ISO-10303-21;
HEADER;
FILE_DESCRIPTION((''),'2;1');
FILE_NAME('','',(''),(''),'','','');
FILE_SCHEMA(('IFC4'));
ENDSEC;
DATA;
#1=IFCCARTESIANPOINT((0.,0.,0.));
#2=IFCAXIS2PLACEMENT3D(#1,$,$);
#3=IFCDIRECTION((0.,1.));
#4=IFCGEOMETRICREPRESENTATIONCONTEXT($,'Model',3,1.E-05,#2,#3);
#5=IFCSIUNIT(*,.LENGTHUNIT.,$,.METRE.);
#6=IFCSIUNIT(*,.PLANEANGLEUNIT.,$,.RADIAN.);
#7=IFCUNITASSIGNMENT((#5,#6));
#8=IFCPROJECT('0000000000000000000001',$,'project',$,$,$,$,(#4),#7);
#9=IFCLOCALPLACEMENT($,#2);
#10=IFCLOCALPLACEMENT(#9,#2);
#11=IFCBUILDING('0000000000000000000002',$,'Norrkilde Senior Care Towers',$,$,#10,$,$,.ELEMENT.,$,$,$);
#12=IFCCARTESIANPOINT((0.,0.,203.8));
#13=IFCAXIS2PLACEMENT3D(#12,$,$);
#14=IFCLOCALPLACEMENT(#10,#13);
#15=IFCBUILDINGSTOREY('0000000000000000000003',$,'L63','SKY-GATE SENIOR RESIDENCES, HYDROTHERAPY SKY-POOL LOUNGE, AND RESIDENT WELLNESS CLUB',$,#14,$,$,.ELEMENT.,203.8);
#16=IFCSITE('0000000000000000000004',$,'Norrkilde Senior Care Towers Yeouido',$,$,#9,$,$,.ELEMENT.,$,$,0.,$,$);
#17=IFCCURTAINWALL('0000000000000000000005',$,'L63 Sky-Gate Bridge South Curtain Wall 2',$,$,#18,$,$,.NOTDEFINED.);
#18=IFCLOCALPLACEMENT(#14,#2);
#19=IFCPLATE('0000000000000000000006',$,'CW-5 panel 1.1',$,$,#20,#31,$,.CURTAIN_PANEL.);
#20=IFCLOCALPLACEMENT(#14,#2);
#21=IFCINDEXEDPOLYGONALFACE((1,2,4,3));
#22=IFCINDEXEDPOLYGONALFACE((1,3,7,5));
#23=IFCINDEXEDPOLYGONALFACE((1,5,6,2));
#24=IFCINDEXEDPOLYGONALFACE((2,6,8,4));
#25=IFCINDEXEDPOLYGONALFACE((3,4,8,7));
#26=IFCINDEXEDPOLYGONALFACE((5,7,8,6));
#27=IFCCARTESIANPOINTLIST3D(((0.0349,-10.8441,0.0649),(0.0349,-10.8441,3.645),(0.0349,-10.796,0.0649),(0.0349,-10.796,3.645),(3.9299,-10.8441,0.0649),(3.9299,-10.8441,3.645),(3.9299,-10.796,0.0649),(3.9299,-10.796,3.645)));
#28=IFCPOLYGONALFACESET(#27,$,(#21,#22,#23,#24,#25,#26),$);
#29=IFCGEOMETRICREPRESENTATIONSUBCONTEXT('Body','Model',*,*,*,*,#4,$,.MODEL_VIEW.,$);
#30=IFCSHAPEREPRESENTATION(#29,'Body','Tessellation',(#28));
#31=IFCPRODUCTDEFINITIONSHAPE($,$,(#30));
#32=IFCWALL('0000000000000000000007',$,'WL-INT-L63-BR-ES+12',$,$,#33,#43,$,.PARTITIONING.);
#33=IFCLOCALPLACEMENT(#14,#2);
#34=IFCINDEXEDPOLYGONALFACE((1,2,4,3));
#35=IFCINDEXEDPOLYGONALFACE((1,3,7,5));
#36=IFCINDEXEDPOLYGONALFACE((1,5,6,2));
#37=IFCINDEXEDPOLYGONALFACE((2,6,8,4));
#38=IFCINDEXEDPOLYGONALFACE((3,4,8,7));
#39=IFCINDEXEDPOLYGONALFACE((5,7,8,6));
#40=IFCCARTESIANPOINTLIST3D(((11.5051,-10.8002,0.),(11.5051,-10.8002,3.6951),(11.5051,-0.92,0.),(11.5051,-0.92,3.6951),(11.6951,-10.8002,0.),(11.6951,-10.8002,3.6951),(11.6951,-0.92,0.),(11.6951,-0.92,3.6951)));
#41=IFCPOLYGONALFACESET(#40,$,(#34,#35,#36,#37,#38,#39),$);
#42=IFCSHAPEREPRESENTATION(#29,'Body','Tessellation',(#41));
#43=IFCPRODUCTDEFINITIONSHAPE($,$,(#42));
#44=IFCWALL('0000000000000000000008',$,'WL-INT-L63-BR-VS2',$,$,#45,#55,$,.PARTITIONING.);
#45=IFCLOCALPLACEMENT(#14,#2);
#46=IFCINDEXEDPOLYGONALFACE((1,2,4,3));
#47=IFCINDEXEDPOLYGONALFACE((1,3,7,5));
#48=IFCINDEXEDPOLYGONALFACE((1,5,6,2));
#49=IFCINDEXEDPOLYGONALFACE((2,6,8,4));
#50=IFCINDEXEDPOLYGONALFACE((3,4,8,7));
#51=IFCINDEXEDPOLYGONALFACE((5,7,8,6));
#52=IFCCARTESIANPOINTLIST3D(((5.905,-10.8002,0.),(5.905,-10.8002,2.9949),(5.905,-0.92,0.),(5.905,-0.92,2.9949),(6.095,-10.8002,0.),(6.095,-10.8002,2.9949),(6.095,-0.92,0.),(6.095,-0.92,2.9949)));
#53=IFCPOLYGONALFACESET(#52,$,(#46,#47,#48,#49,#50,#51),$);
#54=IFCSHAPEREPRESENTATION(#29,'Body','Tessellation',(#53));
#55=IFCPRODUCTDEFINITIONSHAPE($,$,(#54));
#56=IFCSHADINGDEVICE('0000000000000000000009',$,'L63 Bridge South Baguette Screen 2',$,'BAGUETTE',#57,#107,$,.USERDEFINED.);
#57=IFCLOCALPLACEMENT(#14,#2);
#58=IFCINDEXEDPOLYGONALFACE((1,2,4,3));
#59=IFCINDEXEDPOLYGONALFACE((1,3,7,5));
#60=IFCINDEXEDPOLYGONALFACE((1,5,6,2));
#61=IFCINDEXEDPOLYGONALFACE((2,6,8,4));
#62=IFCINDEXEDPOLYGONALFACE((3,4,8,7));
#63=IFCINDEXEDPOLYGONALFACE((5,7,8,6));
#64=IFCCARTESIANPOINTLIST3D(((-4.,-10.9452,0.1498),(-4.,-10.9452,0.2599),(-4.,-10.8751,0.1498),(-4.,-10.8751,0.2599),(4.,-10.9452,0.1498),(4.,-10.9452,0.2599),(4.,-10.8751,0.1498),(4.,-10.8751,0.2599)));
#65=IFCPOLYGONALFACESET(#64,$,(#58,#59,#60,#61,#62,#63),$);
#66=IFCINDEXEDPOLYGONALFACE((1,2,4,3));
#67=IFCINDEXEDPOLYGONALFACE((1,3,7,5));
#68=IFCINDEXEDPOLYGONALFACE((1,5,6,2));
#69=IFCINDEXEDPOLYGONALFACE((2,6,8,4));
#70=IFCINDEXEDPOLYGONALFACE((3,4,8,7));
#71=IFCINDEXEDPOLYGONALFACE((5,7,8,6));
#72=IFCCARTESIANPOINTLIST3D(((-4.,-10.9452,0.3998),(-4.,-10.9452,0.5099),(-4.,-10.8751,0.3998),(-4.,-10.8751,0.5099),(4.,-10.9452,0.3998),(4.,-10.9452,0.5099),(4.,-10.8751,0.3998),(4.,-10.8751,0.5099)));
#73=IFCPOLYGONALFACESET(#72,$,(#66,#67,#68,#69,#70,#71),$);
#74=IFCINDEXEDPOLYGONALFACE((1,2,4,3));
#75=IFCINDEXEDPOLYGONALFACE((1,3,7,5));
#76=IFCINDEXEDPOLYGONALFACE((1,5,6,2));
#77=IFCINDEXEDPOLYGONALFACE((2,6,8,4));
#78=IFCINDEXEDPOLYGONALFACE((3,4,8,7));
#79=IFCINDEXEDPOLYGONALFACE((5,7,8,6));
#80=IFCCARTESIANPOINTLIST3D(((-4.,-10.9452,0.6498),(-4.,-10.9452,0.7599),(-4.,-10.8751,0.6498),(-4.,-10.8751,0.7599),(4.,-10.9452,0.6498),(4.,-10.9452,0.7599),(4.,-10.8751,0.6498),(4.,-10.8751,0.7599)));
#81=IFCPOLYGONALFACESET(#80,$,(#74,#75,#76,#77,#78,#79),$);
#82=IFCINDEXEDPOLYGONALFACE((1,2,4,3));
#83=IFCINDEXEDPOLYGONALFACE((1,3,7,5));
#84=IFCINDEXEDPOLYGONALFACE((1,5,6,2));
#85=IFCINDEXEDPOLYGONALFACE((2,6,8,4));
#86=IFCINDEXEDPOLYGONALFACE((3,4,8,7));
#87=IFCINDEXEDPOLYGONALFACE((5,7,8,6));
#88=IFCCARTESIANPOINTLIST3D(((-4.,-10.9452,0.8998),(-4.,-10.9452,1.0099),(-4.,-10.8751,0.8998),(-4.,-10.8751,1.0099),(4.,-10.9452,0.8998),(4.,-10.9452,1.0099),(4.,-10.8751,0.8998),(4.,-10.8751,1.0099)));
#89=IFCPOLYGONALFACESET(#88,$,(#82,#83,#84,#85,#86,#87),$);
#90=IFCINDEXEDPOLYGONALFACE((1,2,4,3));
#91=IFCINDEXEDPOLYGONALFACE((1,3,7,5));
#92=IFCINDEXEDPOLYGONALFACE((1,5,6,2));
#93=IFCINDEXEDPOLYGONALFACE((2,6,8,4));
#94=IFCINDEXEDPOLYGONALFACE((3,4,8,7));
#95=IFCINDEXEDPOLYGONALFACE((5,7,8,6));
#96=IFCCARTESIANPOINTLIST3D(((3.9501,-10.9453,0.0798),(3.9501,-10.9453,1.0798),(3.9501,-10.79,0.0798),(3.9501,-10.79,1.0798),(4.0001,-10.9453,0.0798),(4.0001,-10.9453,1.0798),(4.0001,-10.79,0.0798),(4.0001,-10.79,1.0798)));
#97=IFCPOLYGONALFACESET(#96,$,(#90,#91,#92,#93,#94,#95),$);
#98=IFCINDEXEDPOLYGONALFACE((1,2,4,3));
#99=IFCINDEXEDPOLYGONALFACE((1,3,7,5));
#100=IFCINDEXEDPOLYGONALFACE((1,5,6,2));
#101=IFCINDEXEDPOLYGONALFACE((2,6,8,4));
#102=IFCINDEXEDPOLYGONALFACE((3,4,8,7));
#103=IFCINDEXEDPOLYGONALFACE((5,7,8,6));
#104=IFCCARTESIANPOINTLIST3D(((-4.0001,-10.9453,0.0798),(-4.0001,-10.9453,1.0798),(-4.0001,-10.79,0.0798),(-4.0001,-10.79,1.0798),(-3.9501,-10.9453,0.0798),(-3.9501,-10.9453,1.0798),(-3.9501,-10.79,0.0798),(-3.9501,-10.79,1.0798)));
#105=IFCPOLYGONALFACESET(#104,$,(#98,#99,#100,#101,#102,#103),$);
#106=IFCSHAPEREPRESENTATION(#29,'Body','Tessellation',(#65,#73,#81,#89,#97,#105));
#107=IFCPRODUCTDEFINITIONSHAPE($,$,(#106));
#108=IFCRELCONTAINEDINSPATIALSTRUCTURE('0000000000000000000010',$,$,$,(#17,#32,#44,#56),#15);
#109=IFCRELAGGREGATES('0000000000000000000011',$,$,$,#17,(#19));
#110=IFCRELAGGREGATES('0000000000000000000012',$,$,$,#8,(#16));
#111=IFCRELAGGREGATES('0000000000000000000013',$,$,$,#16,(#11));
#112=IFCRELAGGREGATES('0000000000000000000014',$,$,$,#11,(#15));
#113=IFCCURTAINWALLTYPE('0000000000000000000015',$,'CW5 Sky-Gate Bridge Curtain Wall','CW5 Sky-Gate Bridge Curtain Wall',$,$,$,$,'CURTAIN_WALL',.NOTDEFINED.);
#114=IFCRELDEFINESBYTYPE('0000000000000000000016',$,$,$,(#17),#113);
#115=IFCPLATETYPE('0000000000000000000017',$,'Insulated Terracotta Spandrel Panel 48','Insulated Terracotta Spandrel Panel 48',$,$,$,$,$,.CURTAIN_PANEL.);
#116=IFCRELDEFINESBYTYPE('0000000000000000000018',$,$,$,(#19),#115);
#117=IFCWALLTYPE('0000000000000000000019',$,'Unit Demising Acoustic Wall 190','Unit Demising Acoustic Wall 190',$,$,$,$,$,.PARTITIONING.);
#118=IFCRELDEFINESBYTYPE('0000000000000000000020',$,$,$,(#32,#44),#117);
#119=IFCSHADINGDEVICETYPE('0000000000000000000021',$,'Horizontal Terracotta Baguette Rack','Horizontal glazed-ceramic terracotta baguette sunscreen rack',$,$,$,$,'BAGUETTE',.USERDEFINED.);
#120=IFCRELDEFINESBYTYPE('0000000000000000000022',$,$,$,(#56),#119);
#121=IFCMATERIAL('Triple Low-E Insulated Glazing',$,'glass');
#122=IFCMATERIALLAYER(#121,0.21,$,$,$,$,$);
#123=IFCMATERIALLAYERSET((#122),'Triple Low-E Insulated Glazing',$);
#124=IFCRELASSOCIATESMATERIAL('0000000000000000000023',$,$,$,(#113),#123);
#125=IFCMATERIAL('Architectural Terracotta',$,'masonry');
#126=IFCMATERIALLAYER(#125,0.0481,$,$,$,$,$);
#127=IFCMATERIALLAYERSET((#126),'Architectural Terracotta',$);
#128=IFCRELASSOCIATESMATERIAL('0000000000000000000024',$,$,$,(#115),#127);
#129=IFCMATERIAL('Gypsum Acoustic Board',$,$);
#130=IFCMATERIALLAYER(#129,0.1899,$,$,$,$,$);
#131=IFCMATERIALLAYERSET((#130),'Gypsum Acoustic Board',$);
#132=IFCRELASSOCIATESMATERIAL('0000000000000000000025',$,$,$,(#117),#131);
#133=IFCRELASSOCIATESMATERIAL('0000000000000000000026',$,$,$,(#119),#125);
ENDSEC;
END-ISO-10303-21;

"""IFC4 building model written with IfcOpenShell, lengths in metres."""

from ifc_helpers import new_model, si_unit, direction, frame, frame_2d, origin, origin_2d, place, context, subcontext, project, spatial, rectangle, extrude, source, transform, mapped, material, layer, layer_set, type_object, type_shapes, element, aggregate, save


model = new_model("IFC4")

# Units and contexts
model_context = context("Model", 3, precision=1e-05, world=origin(), true_north=direction((0.0, 1.0)))
body_context = subcontext(model_context, "Body", "Model", "MODEL_VIEW")
ifc_project = project(units=[si_unit("LENGTHUNIT", "METRE"), si_unit("PLANEANGLEUNIT", "RADIAN")], contexts=[model_context])

# Site, building, storey
site_placement = place(None, origin())
site = spatial("IfcSite", under=ifc_project, at=site_placement, Name="Norrkilde Senior Care Towers Yeouido", CompositionType="ELEMENT", RefElevation=0.0)
building_placement = place(site_placement, origin())
building = spatial("IfcBuilding", under=site, at=building_placement, Name="Norrkilde Senior Care Towers", CompositionType="ELEMENT")
storey_placement = place(building_placement, frame((0.0, 0.0, 203.8)))
storey = spatial("IfcBuildingStorey", under=building, at=storey_placement, Name="L63", Description="SKY-GATE SENIOR RESIDENCES, HYDROTHERAPY SKY-POOL LOUNGE, AND RESIDENT WELLNESS CLUB", CompositionType="ELEMENT", Elevation=203.8)

# Shared definitions
ifc_material_1 = material(Name="Triple Low-E Insulated Glazing", Category="glass")
ifc_layer_1 = layer(ifc_material_1, 0.21)
ifc_layer_set_1 = layer_set([ifc_layer_1], Name="Triple Low-E Insulated Glazing")
curtain_wall_type = type_object("IfcCurtainWallType", Name="CW5 Sky-Gate Bridge Curtain Wall", Description="CW5 Sky-Gate Bridge Curtain Wall", ElementType="CURTAIN_WALL", PredefinedType="NOTDEFINED", material=ifc_layer_set_1)

# Curtain wall
curtain_wall_1_placement = place(storey_placement, origin())
curtain_wall_1 = element("IfcCurtainWall", 1, at=curtain_wall_1_placement, inside=storey, type_object=curtain_wall_type, Name="L63 Sky-Gate Bridge South Curtain Wall 2", PredefinedType="NOTDEFINED")

# Plate
ifc_material_2 = material(Name="Architectural Terracotta", Category="masonry")
ifc_layer_2 = layer(ifc_material_2, 0.0481)
ifc_layer_set_2 = layer_set([ifc_layer_2], Name="Architectural Terracotta")
plate_type_1 = type_object("IfcPlateType", Name="Insulated Terracotta Spandrel Panel 48", Description="Insulated Terracotta Spandrel Panel 48", PredefinedType="CURTAIN_PANEL", material=ifc_layer_set_2)
shared_shape_1 = source(origin(), body_context, "Body", "SweptSolid", [
    extrude(rectangle(XDim=3.895, YDim=0.0481, at=origin_2d()), origin(), (0.0, 0.0, 1.0), 3.5801),
])
plate_1_placement = place(storey_placement, frame((1.9824, -10.8201, 0.0649), z_axis=(0.0, 0.0, 1.0), x_axis=(-1.0, 0.0, 0.0)))
plate_1 = element("IfcPlate", 2, at=plate_1_placement, type_object=plate_type_1, Name="CW-5 panel 1.1", PredefinedType="CURTAIN_PANEL", context=body_context, shape_type="MappedRepresentation", body=[
    mapped(shared_shape_1, transform((0.0, 0.0, 0.0), x_axis=(1.0, 0.0, 0.0), y_axis=(0.0, 1.0, 0.0), z_axis=(0.0, 0.0, 1.0), scale=1.0)),
])
aggregate(curtain_wall_1, [plate_1])

# Walls
ifc_material_3 = material(Name="Gypsum Acoustic Board")
ifc_layer_3 = layer(ifc_material_3, 0.1899)
ifc_layer_set_3 = layer_set([ifc_layer_3], Name="Gypsum Acoustic Board")
wall_type = type_object("IfcWallType", Name="Unit Demising Acoustic Wall 190", Description="Unit Demising Acoustic Wall 190", PredefinedType="PARTITIONING", material=ifc_layer_set_3)
shared_shape_2 = source(origin(), body_context, "Body", "SweptSolid", [
    extrude(rectangle(XDim=9.8801, YDim=0.1899, at=frame_2d((4.9399, 0.0))), origin(), (0.0, 0.0, 1.0), 3.6951),
])
wall_1_placement = place(storey_placement, frame((11.6001, -10.8, 0.0), z_axis=(0.0, 0.0, 1.0), x_axis=(0.0, 1.0, 0.0)))
element("IfcWall", 3, at=wall_1_placement, inside=storey, type_object=wall_type, Name="WL-INT-L63-BR-ES+12", PredefinedType="PARTITIONING", context=body_context, shape_type="MappedRepresentation", body=[
    mapped(shared_shape_2, transform((0.0, 0.0, 0.0), x_axis=(1.0, 0.0, 0.0), y_axis=(0.0, 1.0, 0.0), z_axis=(0.0, 0.0, 1.0), scale=1.0)),
])
shared_shape_3 = source(origin(), body_context, "Body", "SweptSolid", [
    extrude(rectangle(XDim=9.8801, YDim=0.1899, at=frame_2d((4.9399, 0.0))), origin(), (0.0, 0.0, 1.0), 2.9949),
])
type_shapes(wall_type, [shared_shape_2, shared_shape_3])
wall_2_placement = place(storey_placement, frame((6.0, -10.8, 0.0), z_axis=(0.0, 0.0, 1.0), x_axis=(0.0, 1.0, 0.0)))
element("IfcWall", 4, at=wall_2_placement, inside=storey, type_object=wall_type, Name="WL-INT-L63-BR-VS2", PredefinedType="PARTITIONING", context=body_context, shape_type="MappedRepresentation", body=[
    mapped(shared_shape_3, transform((0.0, 0.0, 0.0), x_axis=(1.0, 0.0, 0.0), y_axis=(0.0, 1.0, 0.0), z_axis=(0.0, 0.0, 1.0), scale=1.0)),
])

# Shading device
shading_device_type = type_object("IfcShadingDeviceType", Name="Horizontal Terracotta Baguette Rack", Description="Horizontal glazed-ceramic terracotta baguette sunscreen rack", ElementType="BAGUETTE", PredefinedType="USERDEFINED", material=ifc_material_2)
shared_shape_4 = source(origin(), body_context, "Body", "SweptSolid", [
    extrude(rectangle(XDim=0.0701, YDim=0.1101, at=origin_2d()), frame((0.0, 0.0901, 0.125), z_axis=(1.0, 0.0, 0.0), x_axis=(0.0, 1.0, 0.0)), (0.0, 0.0, 1.0), 8.0),
    extrude(rectangle(XDim=0.0701, YDim=0.1101, at=origin_2d()), frame((0.0, 0.0901, 0.375), z_axis=(1.0, 0.0, 0.0), x_axis=(0.0, 1.0, 0.0)), (0.0, 0.0, 1.0), 8.0),
    extrude(rectangle(XDim=0.0701, YDim=0.1101, at=origin_2d()), frame((0.0, 0.0901, 0.625), z_axis=(1.0, 0.0, 0.0), x_axis=(0.0, 1.0, 0.0)), (0.0, 0.0, 1.0), 8.0),
    extrude(rectangle(XDim=0.0701, YDim=0.1101, at=origin_2d()), frame((0.0, 0.0901, 0.875), z_axis=(1.0, 0.0, 0.0), x_axis=(0.0, 1.0, 0.0)), (0.0, 0.0, 1.0), 8.0),
    extrude(rectangle(XDim=0.05, YDim=0.1553, at=origin_2d()), frame((0.0249, 0.0476, 0.0)), (0.0, 0.0, 1.0), 1.0),
    extrude(rectangle(XDim=0.05, YDim=0.1553, at=origin_2d()), frame((7.9751, 0.0476, 0.0)), (0.0, 0.0, 1.0), 1.0),
])
type_shapes(shading_device_type, [shared_shape_4])
shading_device_placement = place(storey_placement, frame((4.0, -10.8201, 0.0798), z_axis=(0.0, 0.0, 1.0), x_axis=(-1.0, 0.0, 0.0)))
element("IfcShadingDevice", 5, at=shading_device_placement, inside=storey, type_object=shading_device_type, Name="L63 Bridge South Baguette Screen 2", ObjectType="BAGUETTE", PredefinedType="USERDEFINED", context=body_context, shape_type="MappedRepresentation", body=[
    mapped(shared_shape_4, transform((0.0, 0.0, 0.0), x_axis=(1.0, 0.0, 0.0), y_axis=(0.0, 1.0, 0.0), z_axis=(0.0, 0.0, 1.0), scale=1.0)),
])

save(model, "model.ifc")
